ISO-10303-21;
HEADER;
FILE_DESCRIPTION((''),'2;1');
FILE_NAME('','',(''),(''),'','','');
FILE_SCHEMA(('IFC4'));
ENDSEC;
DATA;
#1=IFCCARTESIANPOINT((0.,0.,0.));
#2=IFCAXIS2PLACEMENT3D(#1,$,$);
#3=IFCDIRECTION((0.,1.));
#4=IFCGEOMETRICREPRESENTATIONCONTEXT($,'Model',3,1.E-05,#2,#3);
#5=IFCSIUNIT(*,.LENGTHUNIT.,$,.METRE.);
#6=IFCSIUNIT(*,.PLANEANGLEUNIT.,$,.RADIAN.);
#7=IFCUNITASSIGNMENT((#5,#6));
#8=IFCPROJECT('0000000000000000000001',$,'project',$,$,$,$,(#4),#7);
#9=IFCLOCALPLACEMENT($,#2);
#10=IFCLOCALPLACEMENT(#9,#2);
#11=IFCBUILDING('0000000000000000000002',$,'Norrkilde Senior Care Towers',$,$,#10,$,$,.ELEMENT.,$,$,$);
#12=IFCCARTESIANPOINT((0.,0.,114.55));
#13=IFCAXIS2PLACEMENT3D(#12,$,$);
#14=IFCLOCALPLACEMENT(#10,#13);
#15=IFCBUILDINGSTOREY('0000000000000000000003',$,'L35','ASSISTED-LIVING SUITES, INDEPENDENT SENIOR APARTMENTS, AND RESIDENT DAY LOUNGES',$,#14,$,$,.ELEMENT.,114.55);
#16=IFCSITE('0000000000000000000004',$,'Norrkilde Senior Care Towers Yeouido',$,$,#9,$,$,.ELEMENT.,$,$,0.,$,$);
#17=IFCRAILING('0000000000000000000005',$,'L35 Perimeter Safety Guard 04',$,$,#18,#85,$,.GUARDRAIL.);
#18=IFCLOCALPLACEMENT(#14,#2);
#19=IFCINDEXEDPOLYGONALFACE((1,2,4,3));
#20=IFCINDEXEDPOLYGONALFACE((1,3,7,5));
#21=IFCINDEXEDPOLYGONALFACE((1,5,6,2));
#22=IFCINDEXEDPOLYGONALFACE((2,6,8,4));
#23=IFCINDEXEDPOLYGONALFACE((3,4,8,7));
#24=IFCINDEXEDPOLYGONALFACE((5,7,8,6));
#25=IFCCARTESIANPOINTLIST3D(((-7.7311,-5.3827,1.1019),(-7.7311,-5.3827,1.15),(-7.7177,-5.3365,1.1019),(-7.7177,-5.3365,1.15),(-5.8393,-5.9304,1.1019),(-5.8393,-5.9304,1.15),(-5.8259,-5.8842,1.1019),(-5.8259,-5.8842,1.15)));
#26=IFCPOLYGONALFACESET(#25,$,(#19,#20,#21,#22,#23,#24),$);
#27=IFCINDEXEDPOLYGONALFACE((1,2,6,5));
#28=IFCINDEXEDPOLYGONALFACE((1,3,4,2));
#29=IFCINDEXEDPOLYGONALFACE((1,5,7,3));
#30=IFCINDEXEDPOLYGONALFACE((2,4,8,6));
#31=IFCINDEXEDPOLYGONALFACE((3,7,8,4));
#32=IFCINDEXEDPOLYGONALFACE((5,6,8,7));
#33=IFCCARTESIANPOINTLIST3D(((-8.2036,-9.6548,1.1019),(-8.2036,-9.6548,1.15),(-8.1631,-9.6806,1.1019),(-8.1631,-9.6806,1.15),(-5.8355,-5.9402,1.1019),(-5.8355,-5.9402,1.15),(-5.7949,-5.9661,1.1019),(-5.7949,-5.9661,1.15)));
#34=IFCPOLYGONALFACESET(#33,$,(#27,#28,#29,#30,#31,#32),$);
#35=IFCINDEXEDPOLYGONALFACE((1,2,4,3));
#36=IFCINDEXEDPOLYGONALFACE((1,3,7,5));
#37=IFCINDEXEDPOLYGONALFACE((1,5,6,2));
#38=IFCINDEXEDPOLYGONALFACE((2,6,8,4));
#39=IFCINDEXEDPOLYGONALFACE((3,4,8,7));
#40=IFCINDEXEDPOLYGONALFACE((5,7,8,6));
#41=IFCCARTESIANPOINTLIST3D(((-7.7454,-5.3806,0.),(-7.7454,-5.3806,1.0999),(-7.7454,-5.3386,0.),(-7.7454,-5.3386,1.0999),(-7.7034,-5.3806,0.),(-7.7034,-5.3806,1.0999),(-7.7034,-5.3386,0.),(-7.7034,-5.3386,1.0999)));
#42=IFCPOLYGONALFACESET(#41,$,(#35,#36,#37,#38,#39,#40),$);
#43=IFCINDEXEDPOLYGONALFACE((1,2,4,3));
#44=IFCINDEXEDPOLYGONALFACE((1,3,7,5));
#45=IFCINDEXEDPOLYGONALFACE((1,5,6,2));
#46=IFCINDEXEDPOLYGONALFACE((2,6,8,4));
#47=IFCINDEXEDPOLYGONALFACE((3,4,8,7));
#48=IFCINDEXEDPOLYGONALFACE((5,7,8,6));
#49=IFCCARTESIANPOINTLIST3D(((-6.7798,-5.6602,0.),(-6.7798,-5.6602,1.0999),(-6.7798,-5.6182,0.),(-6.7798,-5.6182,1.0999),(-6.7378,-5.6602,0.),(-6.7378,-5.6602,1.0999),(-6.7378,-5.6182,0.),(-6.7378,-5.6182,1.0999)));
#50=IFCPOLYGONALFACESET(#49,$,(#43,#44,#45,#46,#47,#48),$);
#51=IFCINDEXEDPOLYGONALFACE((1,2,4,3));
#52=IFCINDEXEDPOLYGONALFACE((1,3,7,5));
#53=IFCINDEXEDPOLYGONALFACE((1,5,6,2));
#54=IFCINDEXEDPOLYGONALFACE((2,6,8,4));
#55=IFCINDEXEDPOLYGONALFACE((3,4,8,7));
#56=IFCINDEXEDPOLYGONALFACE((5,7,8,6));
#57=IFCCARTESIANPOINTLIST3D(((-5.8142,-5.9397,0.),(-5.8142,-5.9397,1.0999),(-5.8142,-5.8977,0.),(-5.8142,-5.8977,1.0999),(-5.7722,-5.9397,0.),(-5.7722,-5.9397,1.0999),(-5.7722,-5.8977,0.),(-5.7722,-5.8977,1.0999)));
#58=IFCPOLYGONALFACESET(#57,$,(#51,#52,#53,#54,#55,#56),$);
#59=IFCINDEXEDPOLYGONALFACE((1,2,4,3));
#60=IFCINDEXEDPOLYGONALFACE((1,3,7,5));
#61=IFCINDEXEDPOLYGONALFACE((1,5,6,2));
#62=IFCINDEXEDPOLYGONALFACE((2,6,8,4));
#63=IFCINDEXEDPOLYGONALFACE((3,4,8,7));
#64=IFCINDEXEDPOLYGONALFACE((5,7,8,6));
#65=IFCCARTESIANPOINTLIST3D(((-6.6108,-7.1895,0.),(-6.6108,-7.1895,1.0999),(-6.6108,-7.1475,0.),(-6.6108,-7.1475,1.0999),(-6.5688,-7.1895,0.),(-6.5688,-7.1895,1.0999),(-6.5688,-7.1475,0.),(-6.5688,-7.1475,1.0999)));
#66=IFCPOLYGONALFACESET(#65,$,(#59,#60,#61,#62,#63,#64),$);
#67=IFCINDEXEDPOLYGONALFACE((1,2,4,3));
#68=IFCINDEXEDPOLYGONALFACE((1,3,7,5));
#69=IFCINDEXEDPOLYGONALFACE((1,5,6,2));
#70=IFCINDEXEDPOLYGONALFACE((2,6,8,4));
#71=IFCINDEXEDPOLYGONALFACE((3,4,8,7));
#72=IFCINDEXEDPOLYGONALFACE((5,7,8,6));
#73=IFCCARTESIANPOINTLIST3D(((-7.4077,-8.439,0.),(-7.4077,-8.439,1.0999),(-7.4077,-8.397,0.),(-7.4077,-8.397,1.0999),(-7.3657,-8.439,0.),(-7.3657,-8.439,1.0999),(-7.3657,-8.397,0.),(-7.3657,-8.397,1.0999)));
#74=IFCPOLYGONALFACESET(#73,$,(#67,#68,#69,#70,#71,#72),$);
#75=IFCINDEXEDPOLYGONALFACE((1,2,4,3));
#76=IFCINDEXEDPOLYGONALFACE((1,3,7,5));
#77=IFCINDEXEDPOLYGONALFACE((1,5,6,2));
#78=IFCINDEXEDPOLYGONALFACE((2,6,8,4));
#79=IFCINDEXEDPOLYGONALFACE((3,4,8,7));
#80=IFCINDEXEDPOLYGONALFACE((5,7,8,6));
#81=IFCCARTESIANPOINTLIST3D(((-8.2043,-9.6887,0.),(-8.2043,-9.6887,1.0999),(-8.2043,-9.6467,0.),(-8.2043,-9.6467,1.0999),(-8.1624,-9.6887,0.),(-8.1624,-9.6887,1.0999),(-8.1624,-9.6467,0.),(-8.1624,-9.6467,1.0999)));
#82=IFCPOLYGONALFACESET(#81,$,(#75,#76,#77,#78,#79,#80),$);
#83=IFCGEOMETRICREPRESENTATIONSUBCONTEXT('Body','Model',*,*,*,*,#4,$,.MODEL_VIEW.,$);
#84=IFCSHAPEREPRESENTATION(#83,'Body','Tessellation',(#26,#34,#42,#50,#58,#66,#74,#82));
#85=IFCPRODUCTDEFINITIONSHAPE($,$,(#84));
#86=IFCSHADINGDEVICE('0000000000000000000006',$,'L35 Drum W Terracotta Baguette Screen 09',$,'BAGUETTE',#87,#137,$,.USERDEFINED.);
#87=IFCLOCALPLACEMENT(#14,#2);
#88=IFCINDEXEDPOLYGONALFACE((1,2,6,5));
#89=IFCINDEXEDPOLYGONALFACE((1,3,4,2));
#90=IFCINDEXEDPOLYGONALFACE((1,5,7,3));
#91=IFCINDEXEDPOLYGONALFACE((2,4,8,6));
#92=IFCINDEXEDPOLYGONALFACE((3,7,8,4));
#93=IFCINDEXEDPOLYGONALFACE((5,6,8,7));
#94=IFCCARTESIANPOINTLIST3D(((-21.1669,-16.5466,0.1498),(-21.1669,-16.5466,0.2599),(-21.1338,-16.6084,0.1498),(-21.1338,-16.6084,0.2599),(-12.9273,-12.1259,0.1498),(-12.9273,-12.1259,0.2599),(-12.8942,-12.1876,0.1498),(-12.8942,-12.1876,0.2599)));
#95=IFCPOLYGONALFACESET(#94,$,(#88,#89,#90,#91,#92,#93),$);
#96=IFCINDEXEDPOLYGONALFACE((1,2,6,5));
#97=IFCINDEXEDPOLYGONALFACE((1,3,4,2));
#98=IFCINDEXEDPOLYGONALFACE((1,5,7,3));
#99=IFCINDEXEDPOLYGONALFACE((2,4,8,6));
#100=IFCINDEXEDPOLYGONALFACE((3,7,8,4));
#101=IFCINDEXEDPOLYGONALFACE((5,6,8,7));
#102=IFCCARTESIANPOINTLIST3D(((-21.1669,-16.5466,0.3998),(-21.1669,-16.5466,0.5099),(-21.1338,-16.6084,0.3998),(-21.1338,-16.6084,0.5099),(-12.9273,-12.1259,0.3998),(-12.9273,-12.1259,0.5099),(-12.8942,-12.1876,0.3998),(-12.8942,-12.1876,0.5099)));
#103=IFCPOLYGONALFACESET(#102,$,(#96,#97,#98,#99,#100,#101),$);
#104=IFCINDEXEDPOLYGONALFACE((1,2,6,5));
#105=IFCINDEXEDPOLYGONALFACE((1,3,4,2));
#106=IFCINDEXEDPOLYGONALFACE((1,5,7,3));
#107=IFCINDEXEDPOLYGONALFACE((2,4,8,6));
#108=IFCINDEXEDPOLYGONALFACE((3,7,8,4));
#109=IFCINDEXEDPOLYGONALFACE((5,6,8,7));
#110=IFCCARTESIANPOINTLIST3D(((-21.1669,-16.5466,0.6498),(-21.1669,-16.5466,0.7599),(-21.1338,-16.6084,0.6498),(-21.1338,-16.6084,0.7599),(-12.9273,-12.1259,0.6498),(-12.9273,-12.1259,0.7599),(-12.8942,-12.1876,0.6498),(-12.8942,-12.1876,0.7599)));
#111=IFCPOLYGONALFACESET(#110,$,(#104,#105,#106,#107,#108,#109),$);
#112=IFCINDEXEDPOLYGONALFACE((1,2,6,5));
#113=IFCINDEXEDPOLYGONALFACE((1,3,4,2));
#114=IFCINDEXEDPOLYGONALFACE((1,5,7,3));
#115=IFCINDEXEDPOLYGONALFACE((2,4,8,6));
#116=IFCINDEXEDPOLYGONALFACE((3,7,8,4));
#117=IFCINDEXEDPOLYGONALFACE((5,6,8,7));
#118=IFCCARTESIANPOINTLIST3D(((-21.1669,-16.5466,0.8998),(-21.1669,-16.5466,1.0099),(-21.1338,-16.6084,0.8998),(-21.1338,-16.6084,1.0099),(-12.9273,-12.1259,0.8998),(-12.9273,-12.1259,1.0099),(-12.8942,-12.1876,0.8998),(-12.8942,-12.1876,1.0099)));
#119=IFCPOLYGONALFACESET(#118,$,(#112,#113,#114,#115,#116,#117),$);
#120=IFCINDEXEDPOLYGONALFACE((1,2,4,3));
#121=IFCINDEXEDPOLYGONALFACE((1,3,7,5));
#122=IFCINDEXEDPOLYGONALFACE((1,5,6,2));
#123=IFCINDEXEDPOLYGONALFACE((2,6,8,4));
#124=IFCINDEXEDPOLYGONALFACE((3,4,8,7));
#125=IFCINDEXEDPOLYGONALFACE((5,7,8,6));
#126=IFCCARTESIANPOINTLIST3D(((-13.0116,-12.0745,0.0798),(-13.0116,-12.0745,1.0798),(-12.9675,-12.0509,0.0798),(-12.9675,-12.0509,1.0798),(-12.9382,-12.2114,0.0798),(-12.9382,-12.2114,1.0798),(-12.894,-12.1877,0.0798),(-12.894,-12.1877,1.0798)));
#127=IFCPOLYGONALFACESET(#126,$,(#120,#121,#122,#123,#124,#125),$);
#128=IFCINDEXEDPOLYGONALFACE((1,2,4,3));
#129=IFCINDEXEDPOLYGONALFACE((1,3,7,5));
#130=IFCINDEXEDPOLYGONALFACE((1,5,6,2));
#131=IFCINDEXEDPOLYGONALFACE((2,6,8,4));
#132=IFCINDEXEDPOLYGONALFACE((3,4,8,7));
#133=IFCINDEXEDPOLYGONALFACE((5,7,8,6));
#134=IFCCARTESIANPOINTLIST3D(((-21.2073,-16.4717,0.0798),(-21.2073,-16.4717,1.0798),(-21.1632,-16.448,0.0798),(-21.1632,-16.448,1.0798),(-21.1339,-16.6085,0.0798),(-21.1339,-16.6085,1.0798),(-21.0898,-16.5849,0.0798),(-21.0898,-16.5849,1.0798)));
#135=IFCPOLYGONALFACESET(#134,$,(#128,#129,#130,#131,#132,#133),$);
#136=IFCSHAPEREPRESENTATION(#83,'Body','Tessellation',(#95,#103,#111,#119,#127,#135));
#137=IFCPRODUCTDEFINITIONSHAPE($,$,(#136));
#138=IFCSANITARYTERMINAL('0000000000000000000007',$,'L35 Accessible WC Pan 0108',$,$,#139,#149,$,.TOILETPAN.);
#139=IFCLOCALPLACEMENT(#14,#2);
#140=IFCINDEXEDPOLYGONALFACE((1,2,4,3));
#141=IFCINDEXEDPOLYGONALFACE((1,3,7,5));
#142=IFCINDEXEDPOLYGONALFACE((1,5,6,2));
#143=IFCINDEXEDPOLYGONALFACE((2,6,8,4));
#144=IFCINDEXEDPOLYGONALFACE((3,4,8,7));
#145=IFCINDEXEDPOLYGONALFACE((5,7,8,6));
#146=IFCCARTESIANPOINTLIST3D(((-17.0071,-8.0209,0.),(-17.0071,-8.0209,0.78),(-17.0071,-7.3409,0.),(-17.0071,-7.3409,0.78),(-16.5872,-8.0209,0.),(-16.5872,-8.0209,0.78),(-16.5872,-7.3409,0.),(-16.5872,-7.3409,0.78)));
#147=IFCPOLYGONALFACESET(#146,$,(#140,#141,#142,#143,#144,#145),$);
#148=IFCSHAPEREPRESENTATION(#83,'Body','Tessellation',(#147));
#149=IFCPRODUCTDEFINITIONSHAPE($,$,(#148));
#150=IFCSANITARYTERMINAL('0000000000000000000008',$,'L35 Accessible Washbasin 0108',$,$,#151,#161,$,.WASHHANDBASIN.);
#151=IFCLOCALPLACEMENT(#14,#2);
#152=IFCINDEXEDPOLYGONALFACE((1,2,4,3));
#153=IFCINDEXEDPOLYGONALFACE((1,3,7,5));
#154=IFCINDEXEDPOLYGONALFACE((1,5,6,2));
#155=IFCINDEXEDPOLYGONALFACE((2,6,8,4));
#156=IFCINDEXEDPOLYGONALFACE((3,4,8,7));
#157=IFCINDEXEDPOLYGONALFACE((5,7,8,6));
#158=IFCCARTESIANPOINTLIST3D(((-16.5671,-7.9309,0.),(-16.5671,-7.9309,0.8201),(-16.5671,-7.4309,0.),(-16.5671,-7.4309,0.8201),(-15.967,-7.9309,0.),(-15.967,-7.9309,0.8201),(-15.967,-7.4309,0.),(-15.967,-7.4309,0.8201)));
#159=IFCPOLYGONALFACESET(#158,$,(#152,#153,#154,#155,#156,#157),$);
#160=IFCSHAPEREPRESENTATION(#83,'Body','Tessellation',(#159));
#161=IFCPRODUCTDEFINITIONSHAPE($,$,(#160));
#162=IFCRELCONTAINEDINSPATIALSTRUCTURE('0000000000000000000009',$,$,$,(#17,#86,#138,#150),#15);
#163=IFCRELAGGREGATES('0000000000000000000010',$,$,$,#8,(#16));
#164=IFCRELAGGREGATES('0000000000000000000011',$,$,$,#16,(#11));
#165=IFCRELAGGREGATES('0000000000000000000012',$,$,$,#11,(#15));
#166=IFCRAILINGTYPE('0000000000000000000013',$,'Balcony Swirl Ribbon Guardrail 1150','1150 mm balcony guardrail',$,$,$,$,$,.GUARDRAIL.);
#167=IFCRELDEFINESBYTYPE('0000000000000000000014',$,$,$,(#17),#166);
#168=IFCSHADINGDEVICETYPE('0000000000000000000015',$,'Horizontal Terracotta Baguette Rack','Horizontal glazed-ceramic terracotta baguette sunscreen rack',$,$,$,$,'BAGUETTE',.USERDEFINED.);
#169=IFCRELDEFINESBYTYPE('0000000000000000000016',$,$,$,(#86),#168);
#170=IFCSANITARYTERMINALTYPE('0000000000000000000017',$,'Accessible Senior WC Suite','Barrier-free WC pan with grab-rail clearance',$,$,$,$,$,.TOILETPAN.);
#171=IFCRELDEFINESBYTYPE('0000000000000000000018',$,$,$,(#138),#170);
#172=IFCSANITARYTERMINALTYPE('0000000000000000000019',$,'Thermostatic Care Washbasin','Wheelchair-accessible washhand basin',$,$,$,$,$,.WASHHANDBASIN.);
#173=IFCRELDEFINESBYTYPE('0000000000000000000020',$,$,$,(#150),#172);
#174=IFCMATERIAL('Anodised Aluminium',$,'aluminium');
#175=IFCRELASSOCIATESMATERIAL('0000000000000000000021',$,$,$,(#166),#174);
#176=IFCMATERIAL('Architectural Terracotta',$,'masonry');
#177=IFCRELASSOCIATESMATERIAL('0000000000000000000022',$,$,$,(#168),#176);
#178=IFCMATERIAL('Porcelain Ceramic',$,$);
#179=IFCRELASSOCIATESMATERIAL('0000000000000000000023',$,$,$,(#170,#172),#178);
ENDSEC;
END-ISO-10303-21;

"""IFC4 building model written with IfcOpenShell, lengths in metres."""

from ifc_helpers import new_model, si_unit, direction, frame, origin, origin_2d, place, context, subcontext, project, spatial, rectangle, extrude, source, transform, mapped, material, type_object, type_shapes, element, save


model = new_model("IFC4")

# Units and contexts
model_context = context("Model", 3, precision=1e-05, world=origin(), true_north=direction((0.0, 1.0)))
body_context = subcontext(model_context, "Body", "Model", "MODEL_VIEW")
ifc_project = project(units=[si_unit("LENGTHUNIT", "METRE"), si_unit("PLANEANGLEUNIT", "RADIAN")], contexts=[model_context])

# Site, building, storey
site_placement = place(None, origin())
site = spatial("IfcSite", under=ifc_project, at=site_placement, Name="Norrkilde Senior Care Towers Yeouido", CompositionType="ELEMENT", RefElevation=0.0)
building_placement = place(site_placement, origin())
building = spatial("IfcBuilding", under=site, at=building_placement, Name="Norrkilde Senior Care Towers", CompositionType="ELEMENT")
storey_placement = place(building_placement, frame((0.0, 0.0, 114.55)))
storey = spatial("IfcBuildingStorey", under=building, at=storey_placement, Name="L35", Description="ASSISTED-LIVING SUITES, INDEPENDENT SENIOR APARTMENTS, AND RESIDENT DAY LOUNGES", CompositionType="ELEMENT", Elevation=114.55)

# Shared definitions
ifc_material_1 = material(Name="Anodised Aluminium", Category="aluminium")

# Railing
railing_type = type_object("IfcRailingType", Name="Balcony Swirl Ribbon Guardrail 1150", Description="1150 mm balcony guardrail", PredefinedType="GUARDRAIL", material=ifc_material_1)
railing_1_placement = place(storey_placement, frame((-7.7244, -5.3596, 0.0)))
element("IfcRailing", 1, at=railing_1_placement, inside=storey, type_object=railing_type, Name="L35 Perimeter Safety Guard 04", PredefinedType="GUARDRAIL", context=body_context, shape_type="SweptSolid", body=[
    extrude(rectangle(XDim=0.0481, YDim=0.0481, at=origin_2d()), frame((0.0, 0.0, 1.126), z_axis=(0.960556, -0.278088, 0.0), x_axis=(0.278088, 0.960556, 0.0)), (0.0, 0.0, 1.0), 1.9695),
    extrude(rectangle(XDim=0.0481, YDim=0.0481, at=origin_2d()), frame((1.9092, -0.5935, 1.126), z_axis=(-0.537579, -0.843214, 0.0), x_axis=(0.843214, -0.537579, 0.0)), (0.0, 0.0, 1.0), 4.4053),
    extrude(rectangle(XDim=0.042, YDim=0.042, at=origin_2d()), origin(), (0.0, 0.0, 1.0), 1.0999),
    extrude(rectangle(XDim=0.042, YDim=0.042, at=origin_2d()), frame((0.9656, -0.2795, 0.0)), (0.0, 0.0, 1.0), 1.0999),
    extrude(rectangle(XDim=0.042, YDim=0.042, at=origin_2d()), frame((1.9312, -0.5591, 0.0)), (0.0, 0.0, 1.0), 1.0999),
    extrude(rectangle(XDim=0.042, YDim=0.042, at=origin_2d()), frame((1.1345, -1.8088, 0.0)), (0.0, 0.0, 1.0), 1.0999),
    extrude(rectangle(XDim=0.042, YDim=0.042, at=origin_2d()), frame((0.3376, -3.0583, 0.0)), (0.0, 0.0, 1.0), 1.0999),
    extrude(rectangle(XDim=0.042, YDim=0.042, at=origin_2d()), frame((-0.459, -4.3081, 0.0)), (0.0, 0.0, 1.0), 1.0999),
])

# Shading device
ifc_material_2 = material(Name="Architectural Terracotta", Category="masonry")
shading_device_type = type_object("IfcShadingDeviceType", Name="Horizontal Terracotta Baguette Rack", Description="Horizontal glazed-ceramic terracotta baguette sunscreen rack", ElementType="BAGUETTE", PredefinedType="USERDEFINED", material=ifc_material_2)
shared_shape_1 = source(origin(), body_context, "Body", "SweptSolid", [
    extrude(rectangle(XDim=0.0701, YDim=0.1101, at=origin_2d()), frame((0.0, 0.0901, 0.125), z_axis=(1.0, 0.0, 0.0), x_axis=(0.0, 1.0, 0.0)), (0.0, 0.0, 1.0), 9.3506),
    extrude(rectangle(XDim=0.0701, YDim=0.1101, at=origin_2d()), frame((0.0, 0.0901, 0.375), z_axis=(1.0, 0.0, 0.0), x_axis=(0.0, 1.0, 0.0)), (0.0, 0.0, 1.0), 9.3506),
    extrude(rectangle(XDim=0.0701, YDim=0.1101, at=origin_2d()), frame((0.0, 0.0901, 0.625), z_axis=(1.0, 0.0, 0.0), x_axis=(0.0, 1.0, 0.0)), (0.0, 0.0, 1.0), 9.3506),
    extrude(rectangle(XDim=0.0701, YDim=0.1101, at=origin_2d()), frame((0.0, 0.0901, 0.875), z_axis=(1.0, 0.0, 0.0), x_axis=(0.0, 1.0, 0.0)), (0.0, 0.0, 1.0), 9.3506),
    extrude(rectangle(XDim=0.05, YDim=0.1553, at=origin_2d()), frame((0.0249, 0.0476, 0.0)), (0.0, 0.0, 1.0), 1.0),
    extrude(rectangle(XDim=0.05, YDim=0.1553, at=origin_2d()), frame((9.3257, 0.0476, 0.0)), (0.0, 0.0, 1.0), 1.0),
])
type_shapes(shading_device_type, [shared_shape_1])
shading_device_placement = place(storey_placement, frame((-12.9534, -12.0774, 0.0798), z_axis=(0.0, 0.0, 1.0), x_axis=(-0.881175, -0.472768, 0.0)))
element("IfcShadingDevice", 2, at=shading_device_placement, inside=storey, type_object=shading_device_type, Name="L35 Drum W Terracotta Baguette Screen 09", ObjectType="BAGUETTE", PredefinedType="USERDEFINED", context=body_context, shape_type="MappedRepresentation", body=[
    mapped(shared_shape_1, transform((0.0, 0.0, 0.0), x_axis=(1.0, 0.0, 0.0), y_axis=(0.0, 1.0, 0.0), z_axis=(0.0, 0.0, 1.0), scale=1.0)),
])

# Sanitary terminals
ifc_material_3 = material(Name="Porcelain Ceramic")
sanitary_terminal_type_1 = type_object("IfcSanitaryTerminalType", Name="Accessible Senior WC Suite", Description="Barrier-free WC pan with grab-rail clearance", PredefinedType="TOILETPAN", material=ifc_material_3)
shared_shape_2 = source(origin(), body_context, "Body", "SweptSolid", [
    extrude(rectangle(XDim=0.4199, YDim=0.6799, at=origin_2d()), origin(), (0.0, 0.0, 1.0), 0.78),
])
type_shapes(sanitary_terminal_type_1, [shared_shape_2])
sanitary_terminal_1_placement = place(storey_placement, frame((-16.7971, -7.6809, 0.0), z_axis=(0.0, 0.0, 1.0), x_axis=(1.0, 0.0, 0.0)))
element("IfcSanitaryTerminal", 3, at=sanitary_terminal_1_placement, inside=storey, type_object=sanitary_terminal_type_1, Name="L35 Accessible WC Pan 0108", PredefinedType="TOILETPAN", context=body_context, shape_type="MappedRepresentation", body=[
    mapped(shared_shape_2, transform((0.0, 0.0, 0.0), x_axis=(1.0, 0.0, 0.0), y_axis=(0.0, 1.0, 0.0), z_axis=(0.0, 0.0, 1.0), scale=1.0)),
])
sanitary_terminal_type_2 = type_object("IfcSanitaryTerminalType", Name="Thermostatic Care Washbasin", Description="Wheelchair-accessible washhand basin", PredefinedType="WASHHANDBASIN", material=ifc_material_3)
shared_shape_3 = source(origin(), body_context, "Body", "SweptSolid", [
    extrude(rectangle(XDim=0.6001, YDim=0.5, at=origin_2d()), origin(), (0.0, 0.0, 1.0), 0.8201),
])
type_shapes(sanitary_terminal_type_2, [shared_shape_3])
sanitary_terminal_2_placement = place(storey_placement, frame((-16.2671, -7.6809, 0.0), z_axis=(0.0, 0.0, 1.0), x_axis=(1.0, 0.0, 0.0)))
element("IfcSanitaryTerminal", 4, at=sanitary_terminal_2_placement, inside=storey, type_object=sanitary_terminal_type_2, Name="L35 Accessible Washbasin 0108", PredefinedType="WASHHANDBASIN", context=body_context, shape_type="MappedRepresentation", body=[
    mapped(shared_shape_3, transform((0.0, 0.0, 0.0), x_axis=(1.0, 0.0, 0.0), y_axis=(0.0, 1.0, 0.0), z_axis=(0.0, 0.0, 1.0), scale=1.0)),
])

save(model, "model.ifc")
